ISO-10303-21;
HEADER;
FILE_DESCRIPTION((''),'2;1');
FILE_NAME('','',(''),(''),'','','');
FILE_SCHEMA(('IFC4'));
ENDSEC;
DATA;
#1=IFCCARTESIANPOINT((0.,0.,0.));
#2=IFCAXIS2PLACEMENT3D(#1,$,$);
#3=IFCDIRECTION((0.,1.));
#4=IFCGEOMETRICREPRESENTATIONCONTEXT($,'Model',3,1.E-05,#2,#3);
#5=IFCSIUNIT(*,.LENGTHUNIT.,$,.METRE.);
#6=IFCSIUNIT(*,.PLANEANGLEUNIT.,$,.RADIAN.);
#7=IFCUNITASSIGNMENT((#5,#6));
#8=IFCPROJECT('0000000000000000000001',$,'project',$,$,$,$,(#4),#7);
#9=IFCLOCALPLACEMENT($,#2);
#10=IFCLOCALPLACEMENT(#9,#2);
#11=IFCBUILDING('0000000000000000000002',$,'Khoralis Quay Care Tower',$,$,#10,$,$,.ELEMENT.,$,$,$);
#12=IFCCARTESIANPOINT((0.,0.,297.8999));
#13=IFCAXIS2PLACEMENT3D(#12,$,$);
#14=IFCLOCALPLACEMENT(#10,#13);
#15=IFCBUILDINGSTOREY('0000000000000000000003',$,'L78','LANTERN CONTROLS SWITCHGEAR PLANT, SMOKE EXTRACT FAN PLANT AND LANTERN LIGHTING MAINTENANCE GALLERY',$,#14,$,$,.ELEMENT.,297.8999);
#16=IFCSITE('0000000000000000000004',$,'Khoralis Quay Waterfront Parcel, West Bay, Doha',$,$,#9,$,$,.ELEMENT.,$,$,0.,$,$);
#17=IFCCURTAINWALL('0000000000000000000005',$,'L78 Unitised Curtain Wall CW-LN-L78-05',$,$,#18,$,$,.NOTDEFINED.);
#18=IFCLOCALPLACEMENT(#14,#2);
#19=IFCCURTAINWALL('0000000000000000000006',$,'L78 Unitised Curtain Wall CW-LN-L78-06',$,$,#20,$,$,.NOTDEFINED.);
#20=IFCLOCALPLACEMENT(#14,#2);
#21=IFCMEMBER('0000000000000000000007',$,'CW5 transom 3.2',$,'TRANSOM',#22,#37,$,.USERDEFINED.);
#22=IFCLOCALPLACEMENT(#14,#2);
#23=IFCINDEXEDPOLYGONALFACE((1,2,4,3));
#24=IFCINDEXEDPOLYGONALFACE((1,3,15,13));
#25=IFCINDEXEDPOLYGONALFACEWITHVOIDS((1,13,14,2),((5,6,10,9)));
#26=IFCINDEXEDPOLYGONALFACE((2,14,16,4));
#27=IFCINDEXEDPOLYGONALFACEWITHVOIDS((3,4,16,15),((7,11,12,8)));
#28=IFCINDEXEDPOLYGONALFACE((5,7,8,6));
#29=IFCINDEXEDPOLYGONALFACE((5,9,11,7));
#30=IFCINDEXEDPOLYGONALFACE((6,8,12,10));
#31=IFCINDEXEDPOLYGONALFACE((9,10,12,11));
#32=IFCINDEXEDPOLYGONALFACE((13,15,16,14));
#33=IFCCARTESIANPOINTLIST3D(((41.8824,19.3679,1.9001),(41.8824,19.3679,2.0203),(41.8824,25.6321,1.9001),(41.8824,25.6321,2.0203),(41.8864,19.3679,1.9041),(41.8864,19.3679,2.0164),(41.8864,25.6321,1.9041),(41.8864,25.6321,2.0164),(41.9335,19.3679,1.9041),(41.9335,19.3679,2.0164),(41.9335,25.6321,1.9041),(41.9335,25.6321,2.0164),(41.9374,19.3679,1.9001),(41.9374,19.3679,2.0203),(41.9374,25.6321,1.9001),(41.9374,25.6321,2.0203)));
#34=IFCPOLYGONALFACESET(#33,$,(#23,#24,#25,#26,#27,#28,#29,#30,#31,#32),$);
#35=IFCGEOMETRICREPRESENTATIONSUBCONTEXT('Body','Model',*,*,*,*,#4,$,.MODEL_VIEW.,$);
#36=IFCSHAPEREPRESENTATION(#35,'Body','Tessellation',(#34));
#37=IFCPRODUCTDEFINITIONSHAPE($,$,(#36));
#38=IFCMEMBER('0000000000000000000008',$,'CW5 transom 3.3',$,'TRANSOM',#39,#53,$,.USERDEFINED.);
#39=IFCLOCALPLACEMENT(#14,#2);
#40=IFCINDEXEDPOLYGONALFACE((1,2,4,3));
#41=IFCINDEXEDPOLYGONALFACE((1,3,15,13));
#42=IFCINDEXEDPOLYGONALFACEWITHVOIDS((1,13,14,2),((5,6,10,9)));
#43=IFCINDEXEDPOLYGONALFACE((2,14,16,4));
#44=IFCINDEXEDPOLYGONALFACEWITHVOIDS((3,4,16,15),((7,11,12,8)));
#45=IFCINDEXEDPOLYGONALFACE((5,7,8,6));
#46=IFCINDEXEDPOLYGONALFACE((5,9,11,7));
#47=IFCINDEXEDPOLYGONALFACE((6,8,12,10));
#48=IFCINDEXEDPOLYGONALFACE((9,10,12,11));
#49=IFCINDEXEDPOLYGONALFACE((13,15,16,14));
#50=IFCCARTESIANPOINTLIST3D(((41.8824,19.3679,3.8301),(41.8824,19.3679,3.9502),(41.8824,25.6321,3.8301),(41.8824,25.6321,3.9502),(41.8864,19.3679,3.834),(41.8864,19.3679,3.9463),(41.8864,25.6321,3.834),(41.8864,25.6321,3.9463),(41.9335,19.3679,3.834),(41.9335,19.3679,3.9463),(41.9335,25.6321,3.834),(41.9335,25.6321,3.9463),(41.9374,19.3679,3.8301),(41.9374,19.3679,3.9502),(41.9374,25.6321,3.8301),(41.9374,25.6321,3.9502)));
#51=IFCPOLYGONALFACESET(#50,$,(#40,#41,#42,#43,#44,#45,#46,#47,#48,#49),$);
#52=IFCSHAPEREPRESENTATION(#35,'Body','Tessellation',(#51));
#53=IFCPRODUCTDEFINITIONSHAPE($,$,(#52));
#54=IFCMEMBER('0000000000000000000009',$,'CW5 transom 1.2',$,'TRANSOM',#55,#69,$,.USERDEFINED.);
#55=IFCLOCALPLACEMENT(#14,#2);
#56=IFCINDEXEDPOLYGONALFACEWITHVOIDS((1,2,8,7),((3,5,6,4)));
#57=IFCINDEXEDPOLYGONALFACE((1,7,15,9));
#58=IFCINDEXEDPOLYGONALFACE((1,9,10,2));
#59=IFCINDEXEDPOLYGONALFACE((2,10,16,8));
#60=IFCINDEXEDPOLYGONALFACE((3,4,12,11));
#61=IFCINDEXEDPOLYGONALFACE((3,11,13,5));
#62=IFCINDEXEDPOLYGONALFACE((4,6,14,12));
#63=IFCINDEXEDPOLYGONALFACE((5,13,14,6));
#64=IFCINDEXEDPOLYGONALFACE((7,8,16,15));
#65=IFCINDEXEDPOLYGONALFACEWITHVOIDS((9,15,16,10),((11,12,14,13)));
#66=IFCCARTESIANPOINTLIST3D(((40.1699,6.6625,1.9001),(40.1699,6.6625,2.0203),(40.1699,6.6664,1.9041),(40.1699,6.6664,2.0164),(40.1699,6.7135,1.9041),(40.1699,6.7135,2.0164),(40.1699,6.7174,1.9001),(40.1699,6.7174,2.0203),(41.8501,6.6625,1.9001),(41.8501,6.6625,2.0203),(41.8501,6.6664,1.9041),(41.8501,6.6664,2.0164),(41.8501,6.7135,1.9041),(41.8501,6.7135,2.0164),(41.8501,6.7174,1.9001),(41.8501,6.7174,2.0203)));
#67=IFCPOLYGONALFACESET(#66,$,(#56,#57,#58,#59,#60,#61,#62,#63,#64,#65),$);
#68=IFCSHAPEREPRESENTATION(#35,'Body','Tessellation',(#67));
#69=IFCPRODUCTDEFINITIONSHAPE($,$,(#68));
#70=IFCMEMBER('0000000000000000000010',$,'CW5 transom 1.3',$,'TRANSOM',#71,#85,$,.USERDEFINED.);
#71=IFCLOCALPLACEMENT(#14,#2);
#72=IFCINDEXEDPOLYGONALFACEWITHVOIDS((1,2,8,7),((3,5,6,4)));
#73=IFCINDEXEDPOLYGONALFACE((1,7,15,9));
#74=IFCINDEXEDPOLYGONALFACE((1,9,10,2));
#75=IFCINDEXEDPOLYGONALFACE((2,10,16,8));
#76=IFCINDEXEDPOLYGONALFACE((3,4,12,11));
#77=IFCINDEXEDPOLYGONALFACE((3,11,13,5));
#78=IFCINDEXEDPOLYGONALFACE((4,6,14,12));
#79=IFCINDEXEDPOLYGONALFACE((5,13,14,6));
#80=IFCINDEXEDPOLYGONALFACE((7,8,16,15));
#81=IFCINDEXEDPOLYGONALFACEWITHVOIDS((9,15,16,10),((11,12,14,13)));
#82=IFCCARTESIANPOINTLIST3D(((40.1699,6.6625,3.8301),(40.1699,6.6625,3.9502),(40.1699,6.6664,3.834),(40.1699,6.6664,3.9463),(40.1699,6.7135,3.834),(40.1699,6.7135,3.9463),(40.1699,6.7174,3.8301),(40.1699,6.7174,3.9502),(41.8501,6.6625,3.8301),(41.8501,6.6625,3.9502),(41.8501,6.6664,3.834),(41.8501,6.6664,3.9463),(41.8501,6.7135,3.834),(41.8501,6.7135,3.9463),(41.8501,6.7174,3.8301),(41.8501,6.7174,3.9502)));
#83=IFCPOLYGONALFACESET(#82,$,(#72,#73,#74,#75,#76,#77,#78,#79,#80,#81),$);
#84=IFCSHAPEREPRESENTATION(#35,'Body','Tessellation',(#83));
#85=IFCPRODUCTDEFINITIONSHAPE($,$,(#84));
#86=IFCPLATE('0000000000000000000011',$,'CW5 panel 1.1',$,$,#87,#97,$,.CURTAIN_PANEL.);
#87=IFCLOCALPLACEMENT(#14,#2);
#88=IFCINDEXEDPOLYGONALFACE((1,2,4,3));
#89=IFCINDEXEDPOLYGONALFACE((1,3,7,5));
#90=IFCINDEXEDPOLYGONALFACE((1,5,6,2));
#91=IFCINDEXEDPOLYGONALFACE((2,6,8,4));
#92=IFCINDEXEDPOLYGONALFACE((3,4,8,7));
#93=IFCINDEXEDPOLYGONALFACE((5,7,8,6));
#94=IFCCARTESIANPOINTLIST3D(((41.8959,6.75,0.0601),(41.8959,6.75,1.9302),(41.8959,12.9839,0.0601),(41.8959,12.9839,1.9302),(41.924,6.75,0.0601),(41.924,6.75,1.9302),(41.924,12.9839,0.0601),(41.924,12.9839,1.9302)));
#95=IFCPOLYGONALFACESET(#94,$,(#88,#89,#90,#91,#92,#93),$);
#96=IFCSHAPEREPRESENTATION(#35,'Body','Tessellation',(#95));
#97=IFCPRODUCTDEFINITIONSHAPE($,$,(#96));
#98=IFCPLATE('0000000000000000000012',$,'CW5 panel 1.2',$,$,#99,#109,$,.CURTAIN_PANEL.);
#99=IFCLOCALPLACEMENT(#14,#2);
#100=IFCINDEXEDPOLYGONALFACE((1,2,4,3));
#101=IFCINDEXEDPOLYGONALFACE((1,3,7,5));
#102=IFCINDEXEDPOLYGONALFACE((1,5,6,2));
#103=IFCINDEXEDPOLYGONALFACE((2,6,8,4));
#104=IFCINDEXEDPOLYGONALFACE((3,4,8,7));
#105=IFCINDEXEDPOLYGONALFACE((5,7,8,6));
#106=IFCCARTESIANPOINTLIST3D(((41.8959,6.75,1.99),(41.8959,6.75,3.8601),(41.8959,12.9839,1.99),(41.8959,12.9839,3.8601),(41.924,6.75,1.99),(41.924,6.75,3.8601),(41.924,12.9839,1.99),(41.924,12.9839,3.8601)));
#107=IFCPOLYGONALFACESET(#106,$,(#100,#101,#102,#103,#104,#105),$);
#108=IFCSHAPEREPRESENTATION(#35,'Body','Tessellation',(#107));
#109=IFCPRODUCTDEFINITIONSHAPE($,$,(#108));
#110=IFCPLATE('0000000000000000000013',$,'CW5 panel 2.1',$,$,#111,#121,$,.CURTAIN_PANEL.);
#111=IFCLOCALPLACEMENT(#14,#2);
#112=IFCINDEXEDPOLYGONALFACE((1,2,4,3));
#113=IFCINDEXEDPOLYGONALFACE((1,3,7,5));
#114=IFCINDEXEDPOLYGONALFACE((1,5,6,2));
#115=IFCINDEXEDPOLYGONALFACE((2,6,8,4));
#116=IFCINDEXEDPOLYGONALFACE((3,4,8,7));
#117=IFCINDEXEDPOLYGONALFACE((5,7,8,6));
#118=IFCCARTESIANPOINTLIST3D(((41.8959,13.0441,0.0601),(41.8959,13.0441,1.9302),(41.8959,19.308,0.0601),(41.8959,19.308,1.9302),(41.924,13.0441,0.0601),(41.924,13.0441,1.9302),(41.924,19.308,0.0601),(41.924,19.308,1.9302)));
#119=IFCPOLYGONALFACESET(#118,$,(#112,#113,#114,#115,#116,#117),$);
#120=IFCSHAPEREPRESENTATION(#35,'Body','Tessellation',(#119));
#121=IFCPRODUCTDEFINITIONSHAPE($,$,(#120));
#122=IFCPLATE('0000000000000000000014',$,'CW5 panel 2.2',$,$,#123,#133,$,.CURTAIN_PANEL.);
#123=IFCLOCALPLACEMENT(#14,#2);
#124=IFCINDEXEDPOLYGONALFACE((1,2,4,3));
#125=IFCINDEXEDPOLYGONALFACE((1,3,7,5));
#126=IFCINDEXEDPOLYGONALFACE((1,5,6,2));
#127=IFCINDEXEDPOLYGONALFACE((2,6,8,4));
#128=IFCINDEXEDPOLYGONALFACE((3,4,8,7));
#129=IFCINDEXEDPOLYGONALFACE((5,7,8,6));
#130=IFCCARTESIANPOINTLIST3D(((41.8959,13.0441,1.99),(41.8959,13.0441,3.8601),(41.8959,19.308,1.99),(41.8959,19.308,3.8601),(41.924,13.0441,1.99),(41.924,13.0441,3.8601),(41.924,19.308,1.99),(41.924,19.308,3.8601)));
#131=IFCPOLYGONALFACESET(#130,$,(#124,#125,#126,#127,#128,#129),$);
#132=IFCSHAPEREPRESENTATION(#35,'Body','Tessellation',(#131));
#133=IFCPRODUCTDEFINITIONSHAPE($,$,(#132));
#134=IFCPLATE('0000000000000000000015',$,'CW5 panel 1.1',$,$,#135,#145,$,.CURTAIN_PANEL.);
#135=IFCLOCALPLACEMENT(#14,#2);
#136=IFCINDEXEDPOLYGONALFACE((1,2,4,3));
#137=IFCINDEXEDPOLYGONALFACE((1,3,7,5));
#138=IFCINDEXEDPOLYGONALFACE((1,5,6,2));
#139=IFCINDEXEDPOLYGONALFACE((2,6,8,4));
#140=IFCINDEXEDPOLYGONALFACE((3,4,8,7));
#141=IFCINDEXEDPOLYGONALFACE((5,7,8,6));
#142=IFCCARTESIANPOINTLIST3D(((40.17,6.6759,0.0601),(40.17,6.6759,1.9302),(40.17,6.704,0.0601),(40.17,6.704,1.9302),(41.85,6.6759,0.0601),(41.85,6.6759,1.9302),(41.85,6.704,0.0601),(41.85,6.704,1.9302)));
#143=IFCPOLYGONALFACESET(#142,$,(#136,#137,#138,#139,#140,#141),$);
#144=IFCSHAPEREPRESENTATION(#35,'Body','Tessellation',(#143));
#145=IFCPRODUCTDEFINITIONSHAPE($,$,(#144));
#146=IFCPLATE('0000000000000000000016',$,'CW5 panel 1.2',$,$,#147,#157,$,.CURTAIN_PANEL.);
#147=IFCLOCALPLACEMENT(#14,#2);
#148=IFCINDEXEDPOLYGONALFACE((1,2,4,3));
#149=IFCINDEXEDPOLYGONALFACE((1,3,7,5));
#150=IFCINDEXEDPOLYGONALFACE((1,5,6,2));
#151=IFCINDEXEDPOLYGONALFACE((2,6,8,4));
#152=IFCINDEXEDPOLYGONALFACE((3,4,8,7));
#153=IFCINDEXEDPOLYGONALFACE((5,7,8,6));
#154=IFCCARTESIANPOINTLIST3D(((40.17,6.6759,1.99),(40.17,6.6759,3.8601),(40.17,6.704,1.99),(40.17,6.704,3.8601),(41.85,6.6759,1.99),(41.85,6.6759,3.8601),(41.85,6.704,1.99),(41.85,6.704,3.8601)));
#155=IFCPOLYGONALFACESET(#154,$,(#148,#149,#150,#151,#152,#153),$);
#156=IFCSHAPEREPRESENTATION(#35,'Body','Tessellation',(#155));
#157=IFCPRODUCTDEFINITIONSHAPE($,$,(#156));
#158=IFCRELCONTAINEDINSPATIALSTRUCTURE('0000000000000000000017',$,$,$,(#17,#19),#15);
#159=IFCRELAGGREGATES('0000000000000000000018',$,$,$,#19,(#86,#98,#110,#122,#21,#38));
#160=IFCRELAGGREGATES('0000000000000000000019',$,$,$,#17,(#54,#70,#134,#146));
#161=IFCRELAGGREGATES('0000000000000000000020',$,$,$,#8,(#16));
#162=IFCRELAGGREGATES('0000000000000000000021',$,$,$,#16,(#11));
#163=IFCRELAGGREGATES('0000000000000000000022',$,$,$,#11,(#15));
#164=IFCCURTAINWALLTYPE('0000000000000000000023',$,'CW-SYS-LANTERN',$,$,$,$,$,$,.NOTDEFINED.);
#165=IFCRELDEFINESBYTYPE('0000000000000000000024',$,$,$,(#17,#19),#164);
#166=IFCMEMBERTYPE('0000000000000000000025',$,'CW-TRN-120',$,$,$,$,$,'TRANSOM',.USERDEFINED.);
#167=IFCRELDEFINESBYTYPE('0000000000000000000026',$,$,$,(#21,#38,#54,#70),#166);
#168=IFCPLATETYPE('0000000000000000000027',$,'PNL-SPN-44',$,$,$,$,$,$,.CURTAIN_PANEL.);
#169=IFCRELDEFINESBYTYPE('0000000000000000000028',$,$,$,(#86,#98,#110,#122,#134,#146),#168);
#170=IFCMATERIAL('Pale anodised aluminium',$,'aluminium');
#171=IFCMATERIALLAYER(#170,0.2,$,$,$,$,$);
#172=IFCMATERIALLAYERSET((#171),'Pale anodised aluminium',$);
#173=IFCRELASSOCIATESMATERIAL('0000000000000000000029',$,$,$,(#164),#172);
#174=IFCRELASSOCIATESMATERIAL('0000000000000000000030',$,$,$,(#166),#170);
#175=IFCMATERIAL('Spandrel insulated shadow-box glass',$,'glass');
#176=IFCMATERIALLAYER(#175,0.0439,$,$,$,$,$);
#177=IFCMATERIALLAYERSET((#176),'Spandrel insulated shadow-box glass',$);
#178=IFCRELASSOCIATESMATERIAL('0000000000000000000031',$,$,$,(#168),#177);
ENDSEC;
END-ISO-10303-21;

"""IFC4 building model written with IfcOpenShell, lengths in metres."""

from ifc_helpers import new_model, si_unit, direction, frame, origin, origin_2d, place, context, subcontext, project, spatial, rectangle, hollow_rectangle, extrude, source, transform, mapped, material, layer, layer_set, material_profile, profile_set, type_object, element, aggregate, save


model = new_model("IFC4")

# Units and contexts
model_context = context("Model", 3, precision=1e-05, world=origin(), true_north=direction((0.0, 1.0)))
body_context = subcontext(model_context, "Body", "Model", "MODEL_VIEW")
ifc_project = project(units=[si_unit("LENGTHUNIT", "METRE"), si_unit("PLANEANGLEUNIT", "RADIAN")], contexts=[model_context])

# Site, building, storey
site_placement = place(None, origin())
site = spatial("IfcSite", under=ifc_project, at=site_placement, Name="Khoralis Quay Waterfront Parcel, West Bay, Doha", CompositionType="ELEMENT", RefElevation=0.0)
building_placement = place(site_placement, origin())
building = spatial("IfcBuilding", under=site, at=building_placement, Name="Khoralis Quay Care Tower", CompositionType="ELEMENT")
storey_placement = place(building_placement, frame((0.0, 0.0, 297.8999)))
storey = spatial("IfcBuildingStorey", under=building, at=storey_placement, Name="L78", Description="LANTERN CONTROLS SWITCHGEAR PLANT, SMOKE EXTRACT FAN PLANT AND LANTERN LIGHTING MAINTENANCE GALLERY", CompositionType="ELEMENT", Elevation=297.8999)

# Curtain wall
ifc_material_1 = material(Name="Pale anodised aluminium", Category="aluminium")
ifc_layer_1 = layer(ifc_material_1, 0.2)
ifc_layer_set_1 = layer_set([ifc_layer_1], Name="Pale anodised aluminium")
curtain_wall_type = type_object("IfcCurtainWallType", Name="CW-SYS-LANTERN", PredefinedType="NOTDEFINED", material=ifc_layer_set_1)
curtain_wall_1_placement = place(storey_placement, origin())
curtain_wall_1 = element("IfcCurtainWall", 1, at=curtain_wall_1_placement, inside=storey, type_object=curtain_wall_type, Name="L78 Unitised Curtain Wall CW-LN-L78-05", PredefinedType="NOTDEFINED")

# Curtain wall, members
curtain_wall_2_placement = place(storey_placement, origin())
curtain_wall_2 = element("IfcCurtainWall", 2, at=curtain_wall_2_placement, inside=storey, type_object=curtain_wall_type, Name="L78 Unitised Curtain Wall CW-LN-L78-06", PredefinedType="NOTDEFINED")
ifc_material_profile_1 = material_profile(ifc_material_1, hollow_rectangle(XDim=0.0549, YDim=0.1201, WallThickness=0.0039, at=origin_2d()), Name="Pale anodised aluminium")
ifc_profile_set_1 = profile_set([ifc_material_profile_1], Name="Pale anodised aluminium")
member_type_1 = type_object("IfcMemberType", Name="CW-TRN-120", ElementType="TRANSOM", PredefinedType="USERDEFINED", material=ifc_profile_set_1)
shared_shape_1 = source(origin(), body_context, "Body", "SweptSolid", [
    extrude(hollow_rectangle(XDim=0.0549, YDim=0.1201, WallThickness=0.0039, at=origin_2d()), origin(), (0.0, 0.0, 1.0), 6.2642),
])
member_1_placement = place(storey_placement, frame((41.9099, 19.3679, 1.9602), z_axis=(0.0, 1.0, 0.0), x_axis=(-1.0, 0.0, 0.0)))
member_1 = element("IfcMember", 3, at=member_1_placement, type_object=member_type_1, Name="CW5 transom 3.2", ObjectType="TRANSOM", PredefinedType="USERDEFINED", context=body_context, shape_type="MappedRepresentation", body=[
    mapped(shared_shape_1, transform((0.0, 0.0, 0.0), scale=1.0)),
])
member_2_placement = place(storey_placement, frame((41.9099, 19.3679, 3.8901), z_axis=(0.0, 1.0, 0.0), x_axis=(-1.0, 0.0, 0.0)))
member_2 = element("IfcMember", 4, at=member_2_placement, type_object=member_type_1, Name="CW5 transom 3.3", ObjectType="TRANSOM", PredefinedType="USERDEFINED", context=body_context, shape_type="MappedRepresentation", body=[
    mapped(shared_shape_1, transform((0.0, 0.0, 0.0), scale=1.0)),
])

# Members
shared_shape_2 = source(origin(), body_context, "Body", "SweptSolid", [
    extrude(hollow_rectangle(XDim=0.0549, YDim=0.1201, WallThickness=0.0039, at=origin_2d()), origin(), (0.0, 0.0, 1.0), 1.6802),
])
member_3_placement = place(storey_placement, frame((40.1699, 6.6899, 1.9602), z_axis=(1.0, 0.0, 0.0), x_axis=(0.0, 1.0, 0.0)))
member_3 = element("IfcMember", 5, at=member_3_placement, type_object=member_type_1, Name="CW5 transom 1.2", ObjectType="TRANSOM", PredefinedType="USERDEFINED", context=body_context, shape_type="MappedRepresentation", body=[
    mapped(shared_shape_2, transform((0.0, 0.0, 0.0), scale=1.0)),
])
member_4_placement = place(storey_placement, frame((40.1699, 6.6899, 3.8901), z_axis=(1.0, 0.0, 0.0), x_axis=(0.0, 1.0, 0.0)))
member_4 = element("IfcMember", 6, at=member_4_placement, type_object=member_type_1, Name="CW5 transom 1.3", ObjectType="TRANSOM", PredefinedType="USERDEFINED", context=body_context, shape_type="MappedRepresentation", body=[
    mapped(shared_shape_2, transform((0.0, 0.0, 0.0), scale=1.0)),
])

# Plates
ifc_material_2 = material(Name="Spandrel insulated shadow-box glass", Category="glass")
ifc_layer_2 = layer(ifc_material_2, 0.0439)
ifc_layer_set_2 = layer_set([ifc_layer_2], Name="Spandrel insulated shadow-box glass")
plate_type = type_object("IfcPlateType", Name="PNL-SPN-44", PredefinedType="CURTAIN_PANEL", material=ifc_layer_set_2)
shared_shape_3 = source(origin(), body_context, "Body", "SweptSolid", [
    extrude(rectangle(XDim=6.2339, YDim=0.0281, at=origin_2d()), origin(), (0.0, 0.0, 1.0), 1.8701),
])
plate_1_placement = place(storey_placement, frame((41.9099, 9.8669, 0.0601), z_axis=(0.0, 0.0, 1.0), x_axis=(0.0, 1.0, 0.0)))
plate_1 = element("IfcPlate", 7, at=plate_1_placement, type_object=plate_type, Name="CW5 panel 1.1", PredefinedType="CURTAIN_PANEL", context=body_context, shape_type="MappedRepresentation", body=[
    mapped(shared_shape_3, transform((0.0, 0.0, 0.0), scale=1.0)),
])
plate_2_placement = place(storey_placement, frame((41.9099, 9.8669, 1.99), z_axis=(0.0, 0.0, 1.0), x_axis=(0.0, 1.0, 0.0)))
plate_2 = element("IfcPlate", 8, at=plate_2_placement, type_object=plate_type, Name="CW5 panel 1.2", PredefinedType="CURTAIN_PANEL", context=body_context, shape_type="MappedRepresentation", body=[
    mapped(shared_shape_3, transform((0.0, 0.0, 0.0), scale=1.0)),
])
shared_shape_4 = source(origin(), body_context, "Body", "SweptSolid", [
    extrude(rectangle(XDim=6.2639, YDim=0.0281, at=origin_2d()), origin(), (0.0, 0.0, 1.0), 1.8701),
])
plate_3_placement = place(storey_placement, frame((41.9099, 16.176, 0.0601), z_axis=(0.0, 0.0, 1.0), x_axis=(0.0, 1.0, 0.0)))
plate_3 = element("IfcPlate", 9, at=plate_3_placement, type_object=plate_type, Name="CW5 panel 2.1", PredefinedType="CURTAIN_PANEL", context=body_context, shape_type="MappedRepresentation", body=[
    mapped(shared_shape_4, transform((0.0, 0.0, 0.0), scale=1.0)),
])
plate_4_placement = place(storey_placement, frame((41.9099, 16.176, 1.99), z_axis=(0.0, 0.0, 1.0), x_axis=(0.0, 1.0, 0.0)))
plate_4 = element("IfcPlate", 10, at=plate_4_placement, type_object=plate_type, Name="CW5 panel 2.2", PredefinedType="CURTAIN_PANEL", context=body_context, shape_type="MappedRepresentation", body=[
    mapped(shared_shape_4, transform((0.0, 0.0, 0.0), scale=1.0)),
])
aggregate(curtain_wall_2, [plate_1, plate_2, plate_3, plate_4, member_1, member_2])
shared_shape_5 = source(origin(), body_context, "Body", "SweptSolid", [
    extrude(rectangle(XDim=1.6799, YDim=0.0281, at=origin_2d()), origin(), (0.0, 0.0, 1.0), 1.8701),
])
plate_5_placement = place(storey_placement, frame((41.01, 6.6899, 0.0601), z_axis=(0.0, 0.0, 1.0), x_axis=(1.0, 0.0, 0.0)))
plate_5 = element("IfcPlate", 11, at=plate_5_placement, type_object=plate_type, Name="CW5 panel 1.1", PredefinedType="CURTAIN_PANEL", context=body_context, shape_type="MappedRepresentation", body=[
    mapped(shared_shape_5, transform((0.0, 0.0, 0.0), scale=1.0)),
])
plate_6_placement = place(storey_placement, frame((41.01, 6.6899, 1.99), z_axis=(0.0, 0.0, 1.0), x_axis=(1.0, 0.0, 0.0)))
plate_6 = element("IfcPlate", 12, at=plate_6_placement, type_object=plate_type, Name="CW5 panel 1.2", PredefinedType="CURTAIN_PANEL", context=body_context, shape_type="MappedRepresentation", body=[
    mapped(shared_shape_5, transform((0.0, 0.0, 0.0), scale=1.0)),
])
aggregate(curtain_wall_1, [member_3, member_4, plate_5, plate_6])

save(model, "model.ifc")
